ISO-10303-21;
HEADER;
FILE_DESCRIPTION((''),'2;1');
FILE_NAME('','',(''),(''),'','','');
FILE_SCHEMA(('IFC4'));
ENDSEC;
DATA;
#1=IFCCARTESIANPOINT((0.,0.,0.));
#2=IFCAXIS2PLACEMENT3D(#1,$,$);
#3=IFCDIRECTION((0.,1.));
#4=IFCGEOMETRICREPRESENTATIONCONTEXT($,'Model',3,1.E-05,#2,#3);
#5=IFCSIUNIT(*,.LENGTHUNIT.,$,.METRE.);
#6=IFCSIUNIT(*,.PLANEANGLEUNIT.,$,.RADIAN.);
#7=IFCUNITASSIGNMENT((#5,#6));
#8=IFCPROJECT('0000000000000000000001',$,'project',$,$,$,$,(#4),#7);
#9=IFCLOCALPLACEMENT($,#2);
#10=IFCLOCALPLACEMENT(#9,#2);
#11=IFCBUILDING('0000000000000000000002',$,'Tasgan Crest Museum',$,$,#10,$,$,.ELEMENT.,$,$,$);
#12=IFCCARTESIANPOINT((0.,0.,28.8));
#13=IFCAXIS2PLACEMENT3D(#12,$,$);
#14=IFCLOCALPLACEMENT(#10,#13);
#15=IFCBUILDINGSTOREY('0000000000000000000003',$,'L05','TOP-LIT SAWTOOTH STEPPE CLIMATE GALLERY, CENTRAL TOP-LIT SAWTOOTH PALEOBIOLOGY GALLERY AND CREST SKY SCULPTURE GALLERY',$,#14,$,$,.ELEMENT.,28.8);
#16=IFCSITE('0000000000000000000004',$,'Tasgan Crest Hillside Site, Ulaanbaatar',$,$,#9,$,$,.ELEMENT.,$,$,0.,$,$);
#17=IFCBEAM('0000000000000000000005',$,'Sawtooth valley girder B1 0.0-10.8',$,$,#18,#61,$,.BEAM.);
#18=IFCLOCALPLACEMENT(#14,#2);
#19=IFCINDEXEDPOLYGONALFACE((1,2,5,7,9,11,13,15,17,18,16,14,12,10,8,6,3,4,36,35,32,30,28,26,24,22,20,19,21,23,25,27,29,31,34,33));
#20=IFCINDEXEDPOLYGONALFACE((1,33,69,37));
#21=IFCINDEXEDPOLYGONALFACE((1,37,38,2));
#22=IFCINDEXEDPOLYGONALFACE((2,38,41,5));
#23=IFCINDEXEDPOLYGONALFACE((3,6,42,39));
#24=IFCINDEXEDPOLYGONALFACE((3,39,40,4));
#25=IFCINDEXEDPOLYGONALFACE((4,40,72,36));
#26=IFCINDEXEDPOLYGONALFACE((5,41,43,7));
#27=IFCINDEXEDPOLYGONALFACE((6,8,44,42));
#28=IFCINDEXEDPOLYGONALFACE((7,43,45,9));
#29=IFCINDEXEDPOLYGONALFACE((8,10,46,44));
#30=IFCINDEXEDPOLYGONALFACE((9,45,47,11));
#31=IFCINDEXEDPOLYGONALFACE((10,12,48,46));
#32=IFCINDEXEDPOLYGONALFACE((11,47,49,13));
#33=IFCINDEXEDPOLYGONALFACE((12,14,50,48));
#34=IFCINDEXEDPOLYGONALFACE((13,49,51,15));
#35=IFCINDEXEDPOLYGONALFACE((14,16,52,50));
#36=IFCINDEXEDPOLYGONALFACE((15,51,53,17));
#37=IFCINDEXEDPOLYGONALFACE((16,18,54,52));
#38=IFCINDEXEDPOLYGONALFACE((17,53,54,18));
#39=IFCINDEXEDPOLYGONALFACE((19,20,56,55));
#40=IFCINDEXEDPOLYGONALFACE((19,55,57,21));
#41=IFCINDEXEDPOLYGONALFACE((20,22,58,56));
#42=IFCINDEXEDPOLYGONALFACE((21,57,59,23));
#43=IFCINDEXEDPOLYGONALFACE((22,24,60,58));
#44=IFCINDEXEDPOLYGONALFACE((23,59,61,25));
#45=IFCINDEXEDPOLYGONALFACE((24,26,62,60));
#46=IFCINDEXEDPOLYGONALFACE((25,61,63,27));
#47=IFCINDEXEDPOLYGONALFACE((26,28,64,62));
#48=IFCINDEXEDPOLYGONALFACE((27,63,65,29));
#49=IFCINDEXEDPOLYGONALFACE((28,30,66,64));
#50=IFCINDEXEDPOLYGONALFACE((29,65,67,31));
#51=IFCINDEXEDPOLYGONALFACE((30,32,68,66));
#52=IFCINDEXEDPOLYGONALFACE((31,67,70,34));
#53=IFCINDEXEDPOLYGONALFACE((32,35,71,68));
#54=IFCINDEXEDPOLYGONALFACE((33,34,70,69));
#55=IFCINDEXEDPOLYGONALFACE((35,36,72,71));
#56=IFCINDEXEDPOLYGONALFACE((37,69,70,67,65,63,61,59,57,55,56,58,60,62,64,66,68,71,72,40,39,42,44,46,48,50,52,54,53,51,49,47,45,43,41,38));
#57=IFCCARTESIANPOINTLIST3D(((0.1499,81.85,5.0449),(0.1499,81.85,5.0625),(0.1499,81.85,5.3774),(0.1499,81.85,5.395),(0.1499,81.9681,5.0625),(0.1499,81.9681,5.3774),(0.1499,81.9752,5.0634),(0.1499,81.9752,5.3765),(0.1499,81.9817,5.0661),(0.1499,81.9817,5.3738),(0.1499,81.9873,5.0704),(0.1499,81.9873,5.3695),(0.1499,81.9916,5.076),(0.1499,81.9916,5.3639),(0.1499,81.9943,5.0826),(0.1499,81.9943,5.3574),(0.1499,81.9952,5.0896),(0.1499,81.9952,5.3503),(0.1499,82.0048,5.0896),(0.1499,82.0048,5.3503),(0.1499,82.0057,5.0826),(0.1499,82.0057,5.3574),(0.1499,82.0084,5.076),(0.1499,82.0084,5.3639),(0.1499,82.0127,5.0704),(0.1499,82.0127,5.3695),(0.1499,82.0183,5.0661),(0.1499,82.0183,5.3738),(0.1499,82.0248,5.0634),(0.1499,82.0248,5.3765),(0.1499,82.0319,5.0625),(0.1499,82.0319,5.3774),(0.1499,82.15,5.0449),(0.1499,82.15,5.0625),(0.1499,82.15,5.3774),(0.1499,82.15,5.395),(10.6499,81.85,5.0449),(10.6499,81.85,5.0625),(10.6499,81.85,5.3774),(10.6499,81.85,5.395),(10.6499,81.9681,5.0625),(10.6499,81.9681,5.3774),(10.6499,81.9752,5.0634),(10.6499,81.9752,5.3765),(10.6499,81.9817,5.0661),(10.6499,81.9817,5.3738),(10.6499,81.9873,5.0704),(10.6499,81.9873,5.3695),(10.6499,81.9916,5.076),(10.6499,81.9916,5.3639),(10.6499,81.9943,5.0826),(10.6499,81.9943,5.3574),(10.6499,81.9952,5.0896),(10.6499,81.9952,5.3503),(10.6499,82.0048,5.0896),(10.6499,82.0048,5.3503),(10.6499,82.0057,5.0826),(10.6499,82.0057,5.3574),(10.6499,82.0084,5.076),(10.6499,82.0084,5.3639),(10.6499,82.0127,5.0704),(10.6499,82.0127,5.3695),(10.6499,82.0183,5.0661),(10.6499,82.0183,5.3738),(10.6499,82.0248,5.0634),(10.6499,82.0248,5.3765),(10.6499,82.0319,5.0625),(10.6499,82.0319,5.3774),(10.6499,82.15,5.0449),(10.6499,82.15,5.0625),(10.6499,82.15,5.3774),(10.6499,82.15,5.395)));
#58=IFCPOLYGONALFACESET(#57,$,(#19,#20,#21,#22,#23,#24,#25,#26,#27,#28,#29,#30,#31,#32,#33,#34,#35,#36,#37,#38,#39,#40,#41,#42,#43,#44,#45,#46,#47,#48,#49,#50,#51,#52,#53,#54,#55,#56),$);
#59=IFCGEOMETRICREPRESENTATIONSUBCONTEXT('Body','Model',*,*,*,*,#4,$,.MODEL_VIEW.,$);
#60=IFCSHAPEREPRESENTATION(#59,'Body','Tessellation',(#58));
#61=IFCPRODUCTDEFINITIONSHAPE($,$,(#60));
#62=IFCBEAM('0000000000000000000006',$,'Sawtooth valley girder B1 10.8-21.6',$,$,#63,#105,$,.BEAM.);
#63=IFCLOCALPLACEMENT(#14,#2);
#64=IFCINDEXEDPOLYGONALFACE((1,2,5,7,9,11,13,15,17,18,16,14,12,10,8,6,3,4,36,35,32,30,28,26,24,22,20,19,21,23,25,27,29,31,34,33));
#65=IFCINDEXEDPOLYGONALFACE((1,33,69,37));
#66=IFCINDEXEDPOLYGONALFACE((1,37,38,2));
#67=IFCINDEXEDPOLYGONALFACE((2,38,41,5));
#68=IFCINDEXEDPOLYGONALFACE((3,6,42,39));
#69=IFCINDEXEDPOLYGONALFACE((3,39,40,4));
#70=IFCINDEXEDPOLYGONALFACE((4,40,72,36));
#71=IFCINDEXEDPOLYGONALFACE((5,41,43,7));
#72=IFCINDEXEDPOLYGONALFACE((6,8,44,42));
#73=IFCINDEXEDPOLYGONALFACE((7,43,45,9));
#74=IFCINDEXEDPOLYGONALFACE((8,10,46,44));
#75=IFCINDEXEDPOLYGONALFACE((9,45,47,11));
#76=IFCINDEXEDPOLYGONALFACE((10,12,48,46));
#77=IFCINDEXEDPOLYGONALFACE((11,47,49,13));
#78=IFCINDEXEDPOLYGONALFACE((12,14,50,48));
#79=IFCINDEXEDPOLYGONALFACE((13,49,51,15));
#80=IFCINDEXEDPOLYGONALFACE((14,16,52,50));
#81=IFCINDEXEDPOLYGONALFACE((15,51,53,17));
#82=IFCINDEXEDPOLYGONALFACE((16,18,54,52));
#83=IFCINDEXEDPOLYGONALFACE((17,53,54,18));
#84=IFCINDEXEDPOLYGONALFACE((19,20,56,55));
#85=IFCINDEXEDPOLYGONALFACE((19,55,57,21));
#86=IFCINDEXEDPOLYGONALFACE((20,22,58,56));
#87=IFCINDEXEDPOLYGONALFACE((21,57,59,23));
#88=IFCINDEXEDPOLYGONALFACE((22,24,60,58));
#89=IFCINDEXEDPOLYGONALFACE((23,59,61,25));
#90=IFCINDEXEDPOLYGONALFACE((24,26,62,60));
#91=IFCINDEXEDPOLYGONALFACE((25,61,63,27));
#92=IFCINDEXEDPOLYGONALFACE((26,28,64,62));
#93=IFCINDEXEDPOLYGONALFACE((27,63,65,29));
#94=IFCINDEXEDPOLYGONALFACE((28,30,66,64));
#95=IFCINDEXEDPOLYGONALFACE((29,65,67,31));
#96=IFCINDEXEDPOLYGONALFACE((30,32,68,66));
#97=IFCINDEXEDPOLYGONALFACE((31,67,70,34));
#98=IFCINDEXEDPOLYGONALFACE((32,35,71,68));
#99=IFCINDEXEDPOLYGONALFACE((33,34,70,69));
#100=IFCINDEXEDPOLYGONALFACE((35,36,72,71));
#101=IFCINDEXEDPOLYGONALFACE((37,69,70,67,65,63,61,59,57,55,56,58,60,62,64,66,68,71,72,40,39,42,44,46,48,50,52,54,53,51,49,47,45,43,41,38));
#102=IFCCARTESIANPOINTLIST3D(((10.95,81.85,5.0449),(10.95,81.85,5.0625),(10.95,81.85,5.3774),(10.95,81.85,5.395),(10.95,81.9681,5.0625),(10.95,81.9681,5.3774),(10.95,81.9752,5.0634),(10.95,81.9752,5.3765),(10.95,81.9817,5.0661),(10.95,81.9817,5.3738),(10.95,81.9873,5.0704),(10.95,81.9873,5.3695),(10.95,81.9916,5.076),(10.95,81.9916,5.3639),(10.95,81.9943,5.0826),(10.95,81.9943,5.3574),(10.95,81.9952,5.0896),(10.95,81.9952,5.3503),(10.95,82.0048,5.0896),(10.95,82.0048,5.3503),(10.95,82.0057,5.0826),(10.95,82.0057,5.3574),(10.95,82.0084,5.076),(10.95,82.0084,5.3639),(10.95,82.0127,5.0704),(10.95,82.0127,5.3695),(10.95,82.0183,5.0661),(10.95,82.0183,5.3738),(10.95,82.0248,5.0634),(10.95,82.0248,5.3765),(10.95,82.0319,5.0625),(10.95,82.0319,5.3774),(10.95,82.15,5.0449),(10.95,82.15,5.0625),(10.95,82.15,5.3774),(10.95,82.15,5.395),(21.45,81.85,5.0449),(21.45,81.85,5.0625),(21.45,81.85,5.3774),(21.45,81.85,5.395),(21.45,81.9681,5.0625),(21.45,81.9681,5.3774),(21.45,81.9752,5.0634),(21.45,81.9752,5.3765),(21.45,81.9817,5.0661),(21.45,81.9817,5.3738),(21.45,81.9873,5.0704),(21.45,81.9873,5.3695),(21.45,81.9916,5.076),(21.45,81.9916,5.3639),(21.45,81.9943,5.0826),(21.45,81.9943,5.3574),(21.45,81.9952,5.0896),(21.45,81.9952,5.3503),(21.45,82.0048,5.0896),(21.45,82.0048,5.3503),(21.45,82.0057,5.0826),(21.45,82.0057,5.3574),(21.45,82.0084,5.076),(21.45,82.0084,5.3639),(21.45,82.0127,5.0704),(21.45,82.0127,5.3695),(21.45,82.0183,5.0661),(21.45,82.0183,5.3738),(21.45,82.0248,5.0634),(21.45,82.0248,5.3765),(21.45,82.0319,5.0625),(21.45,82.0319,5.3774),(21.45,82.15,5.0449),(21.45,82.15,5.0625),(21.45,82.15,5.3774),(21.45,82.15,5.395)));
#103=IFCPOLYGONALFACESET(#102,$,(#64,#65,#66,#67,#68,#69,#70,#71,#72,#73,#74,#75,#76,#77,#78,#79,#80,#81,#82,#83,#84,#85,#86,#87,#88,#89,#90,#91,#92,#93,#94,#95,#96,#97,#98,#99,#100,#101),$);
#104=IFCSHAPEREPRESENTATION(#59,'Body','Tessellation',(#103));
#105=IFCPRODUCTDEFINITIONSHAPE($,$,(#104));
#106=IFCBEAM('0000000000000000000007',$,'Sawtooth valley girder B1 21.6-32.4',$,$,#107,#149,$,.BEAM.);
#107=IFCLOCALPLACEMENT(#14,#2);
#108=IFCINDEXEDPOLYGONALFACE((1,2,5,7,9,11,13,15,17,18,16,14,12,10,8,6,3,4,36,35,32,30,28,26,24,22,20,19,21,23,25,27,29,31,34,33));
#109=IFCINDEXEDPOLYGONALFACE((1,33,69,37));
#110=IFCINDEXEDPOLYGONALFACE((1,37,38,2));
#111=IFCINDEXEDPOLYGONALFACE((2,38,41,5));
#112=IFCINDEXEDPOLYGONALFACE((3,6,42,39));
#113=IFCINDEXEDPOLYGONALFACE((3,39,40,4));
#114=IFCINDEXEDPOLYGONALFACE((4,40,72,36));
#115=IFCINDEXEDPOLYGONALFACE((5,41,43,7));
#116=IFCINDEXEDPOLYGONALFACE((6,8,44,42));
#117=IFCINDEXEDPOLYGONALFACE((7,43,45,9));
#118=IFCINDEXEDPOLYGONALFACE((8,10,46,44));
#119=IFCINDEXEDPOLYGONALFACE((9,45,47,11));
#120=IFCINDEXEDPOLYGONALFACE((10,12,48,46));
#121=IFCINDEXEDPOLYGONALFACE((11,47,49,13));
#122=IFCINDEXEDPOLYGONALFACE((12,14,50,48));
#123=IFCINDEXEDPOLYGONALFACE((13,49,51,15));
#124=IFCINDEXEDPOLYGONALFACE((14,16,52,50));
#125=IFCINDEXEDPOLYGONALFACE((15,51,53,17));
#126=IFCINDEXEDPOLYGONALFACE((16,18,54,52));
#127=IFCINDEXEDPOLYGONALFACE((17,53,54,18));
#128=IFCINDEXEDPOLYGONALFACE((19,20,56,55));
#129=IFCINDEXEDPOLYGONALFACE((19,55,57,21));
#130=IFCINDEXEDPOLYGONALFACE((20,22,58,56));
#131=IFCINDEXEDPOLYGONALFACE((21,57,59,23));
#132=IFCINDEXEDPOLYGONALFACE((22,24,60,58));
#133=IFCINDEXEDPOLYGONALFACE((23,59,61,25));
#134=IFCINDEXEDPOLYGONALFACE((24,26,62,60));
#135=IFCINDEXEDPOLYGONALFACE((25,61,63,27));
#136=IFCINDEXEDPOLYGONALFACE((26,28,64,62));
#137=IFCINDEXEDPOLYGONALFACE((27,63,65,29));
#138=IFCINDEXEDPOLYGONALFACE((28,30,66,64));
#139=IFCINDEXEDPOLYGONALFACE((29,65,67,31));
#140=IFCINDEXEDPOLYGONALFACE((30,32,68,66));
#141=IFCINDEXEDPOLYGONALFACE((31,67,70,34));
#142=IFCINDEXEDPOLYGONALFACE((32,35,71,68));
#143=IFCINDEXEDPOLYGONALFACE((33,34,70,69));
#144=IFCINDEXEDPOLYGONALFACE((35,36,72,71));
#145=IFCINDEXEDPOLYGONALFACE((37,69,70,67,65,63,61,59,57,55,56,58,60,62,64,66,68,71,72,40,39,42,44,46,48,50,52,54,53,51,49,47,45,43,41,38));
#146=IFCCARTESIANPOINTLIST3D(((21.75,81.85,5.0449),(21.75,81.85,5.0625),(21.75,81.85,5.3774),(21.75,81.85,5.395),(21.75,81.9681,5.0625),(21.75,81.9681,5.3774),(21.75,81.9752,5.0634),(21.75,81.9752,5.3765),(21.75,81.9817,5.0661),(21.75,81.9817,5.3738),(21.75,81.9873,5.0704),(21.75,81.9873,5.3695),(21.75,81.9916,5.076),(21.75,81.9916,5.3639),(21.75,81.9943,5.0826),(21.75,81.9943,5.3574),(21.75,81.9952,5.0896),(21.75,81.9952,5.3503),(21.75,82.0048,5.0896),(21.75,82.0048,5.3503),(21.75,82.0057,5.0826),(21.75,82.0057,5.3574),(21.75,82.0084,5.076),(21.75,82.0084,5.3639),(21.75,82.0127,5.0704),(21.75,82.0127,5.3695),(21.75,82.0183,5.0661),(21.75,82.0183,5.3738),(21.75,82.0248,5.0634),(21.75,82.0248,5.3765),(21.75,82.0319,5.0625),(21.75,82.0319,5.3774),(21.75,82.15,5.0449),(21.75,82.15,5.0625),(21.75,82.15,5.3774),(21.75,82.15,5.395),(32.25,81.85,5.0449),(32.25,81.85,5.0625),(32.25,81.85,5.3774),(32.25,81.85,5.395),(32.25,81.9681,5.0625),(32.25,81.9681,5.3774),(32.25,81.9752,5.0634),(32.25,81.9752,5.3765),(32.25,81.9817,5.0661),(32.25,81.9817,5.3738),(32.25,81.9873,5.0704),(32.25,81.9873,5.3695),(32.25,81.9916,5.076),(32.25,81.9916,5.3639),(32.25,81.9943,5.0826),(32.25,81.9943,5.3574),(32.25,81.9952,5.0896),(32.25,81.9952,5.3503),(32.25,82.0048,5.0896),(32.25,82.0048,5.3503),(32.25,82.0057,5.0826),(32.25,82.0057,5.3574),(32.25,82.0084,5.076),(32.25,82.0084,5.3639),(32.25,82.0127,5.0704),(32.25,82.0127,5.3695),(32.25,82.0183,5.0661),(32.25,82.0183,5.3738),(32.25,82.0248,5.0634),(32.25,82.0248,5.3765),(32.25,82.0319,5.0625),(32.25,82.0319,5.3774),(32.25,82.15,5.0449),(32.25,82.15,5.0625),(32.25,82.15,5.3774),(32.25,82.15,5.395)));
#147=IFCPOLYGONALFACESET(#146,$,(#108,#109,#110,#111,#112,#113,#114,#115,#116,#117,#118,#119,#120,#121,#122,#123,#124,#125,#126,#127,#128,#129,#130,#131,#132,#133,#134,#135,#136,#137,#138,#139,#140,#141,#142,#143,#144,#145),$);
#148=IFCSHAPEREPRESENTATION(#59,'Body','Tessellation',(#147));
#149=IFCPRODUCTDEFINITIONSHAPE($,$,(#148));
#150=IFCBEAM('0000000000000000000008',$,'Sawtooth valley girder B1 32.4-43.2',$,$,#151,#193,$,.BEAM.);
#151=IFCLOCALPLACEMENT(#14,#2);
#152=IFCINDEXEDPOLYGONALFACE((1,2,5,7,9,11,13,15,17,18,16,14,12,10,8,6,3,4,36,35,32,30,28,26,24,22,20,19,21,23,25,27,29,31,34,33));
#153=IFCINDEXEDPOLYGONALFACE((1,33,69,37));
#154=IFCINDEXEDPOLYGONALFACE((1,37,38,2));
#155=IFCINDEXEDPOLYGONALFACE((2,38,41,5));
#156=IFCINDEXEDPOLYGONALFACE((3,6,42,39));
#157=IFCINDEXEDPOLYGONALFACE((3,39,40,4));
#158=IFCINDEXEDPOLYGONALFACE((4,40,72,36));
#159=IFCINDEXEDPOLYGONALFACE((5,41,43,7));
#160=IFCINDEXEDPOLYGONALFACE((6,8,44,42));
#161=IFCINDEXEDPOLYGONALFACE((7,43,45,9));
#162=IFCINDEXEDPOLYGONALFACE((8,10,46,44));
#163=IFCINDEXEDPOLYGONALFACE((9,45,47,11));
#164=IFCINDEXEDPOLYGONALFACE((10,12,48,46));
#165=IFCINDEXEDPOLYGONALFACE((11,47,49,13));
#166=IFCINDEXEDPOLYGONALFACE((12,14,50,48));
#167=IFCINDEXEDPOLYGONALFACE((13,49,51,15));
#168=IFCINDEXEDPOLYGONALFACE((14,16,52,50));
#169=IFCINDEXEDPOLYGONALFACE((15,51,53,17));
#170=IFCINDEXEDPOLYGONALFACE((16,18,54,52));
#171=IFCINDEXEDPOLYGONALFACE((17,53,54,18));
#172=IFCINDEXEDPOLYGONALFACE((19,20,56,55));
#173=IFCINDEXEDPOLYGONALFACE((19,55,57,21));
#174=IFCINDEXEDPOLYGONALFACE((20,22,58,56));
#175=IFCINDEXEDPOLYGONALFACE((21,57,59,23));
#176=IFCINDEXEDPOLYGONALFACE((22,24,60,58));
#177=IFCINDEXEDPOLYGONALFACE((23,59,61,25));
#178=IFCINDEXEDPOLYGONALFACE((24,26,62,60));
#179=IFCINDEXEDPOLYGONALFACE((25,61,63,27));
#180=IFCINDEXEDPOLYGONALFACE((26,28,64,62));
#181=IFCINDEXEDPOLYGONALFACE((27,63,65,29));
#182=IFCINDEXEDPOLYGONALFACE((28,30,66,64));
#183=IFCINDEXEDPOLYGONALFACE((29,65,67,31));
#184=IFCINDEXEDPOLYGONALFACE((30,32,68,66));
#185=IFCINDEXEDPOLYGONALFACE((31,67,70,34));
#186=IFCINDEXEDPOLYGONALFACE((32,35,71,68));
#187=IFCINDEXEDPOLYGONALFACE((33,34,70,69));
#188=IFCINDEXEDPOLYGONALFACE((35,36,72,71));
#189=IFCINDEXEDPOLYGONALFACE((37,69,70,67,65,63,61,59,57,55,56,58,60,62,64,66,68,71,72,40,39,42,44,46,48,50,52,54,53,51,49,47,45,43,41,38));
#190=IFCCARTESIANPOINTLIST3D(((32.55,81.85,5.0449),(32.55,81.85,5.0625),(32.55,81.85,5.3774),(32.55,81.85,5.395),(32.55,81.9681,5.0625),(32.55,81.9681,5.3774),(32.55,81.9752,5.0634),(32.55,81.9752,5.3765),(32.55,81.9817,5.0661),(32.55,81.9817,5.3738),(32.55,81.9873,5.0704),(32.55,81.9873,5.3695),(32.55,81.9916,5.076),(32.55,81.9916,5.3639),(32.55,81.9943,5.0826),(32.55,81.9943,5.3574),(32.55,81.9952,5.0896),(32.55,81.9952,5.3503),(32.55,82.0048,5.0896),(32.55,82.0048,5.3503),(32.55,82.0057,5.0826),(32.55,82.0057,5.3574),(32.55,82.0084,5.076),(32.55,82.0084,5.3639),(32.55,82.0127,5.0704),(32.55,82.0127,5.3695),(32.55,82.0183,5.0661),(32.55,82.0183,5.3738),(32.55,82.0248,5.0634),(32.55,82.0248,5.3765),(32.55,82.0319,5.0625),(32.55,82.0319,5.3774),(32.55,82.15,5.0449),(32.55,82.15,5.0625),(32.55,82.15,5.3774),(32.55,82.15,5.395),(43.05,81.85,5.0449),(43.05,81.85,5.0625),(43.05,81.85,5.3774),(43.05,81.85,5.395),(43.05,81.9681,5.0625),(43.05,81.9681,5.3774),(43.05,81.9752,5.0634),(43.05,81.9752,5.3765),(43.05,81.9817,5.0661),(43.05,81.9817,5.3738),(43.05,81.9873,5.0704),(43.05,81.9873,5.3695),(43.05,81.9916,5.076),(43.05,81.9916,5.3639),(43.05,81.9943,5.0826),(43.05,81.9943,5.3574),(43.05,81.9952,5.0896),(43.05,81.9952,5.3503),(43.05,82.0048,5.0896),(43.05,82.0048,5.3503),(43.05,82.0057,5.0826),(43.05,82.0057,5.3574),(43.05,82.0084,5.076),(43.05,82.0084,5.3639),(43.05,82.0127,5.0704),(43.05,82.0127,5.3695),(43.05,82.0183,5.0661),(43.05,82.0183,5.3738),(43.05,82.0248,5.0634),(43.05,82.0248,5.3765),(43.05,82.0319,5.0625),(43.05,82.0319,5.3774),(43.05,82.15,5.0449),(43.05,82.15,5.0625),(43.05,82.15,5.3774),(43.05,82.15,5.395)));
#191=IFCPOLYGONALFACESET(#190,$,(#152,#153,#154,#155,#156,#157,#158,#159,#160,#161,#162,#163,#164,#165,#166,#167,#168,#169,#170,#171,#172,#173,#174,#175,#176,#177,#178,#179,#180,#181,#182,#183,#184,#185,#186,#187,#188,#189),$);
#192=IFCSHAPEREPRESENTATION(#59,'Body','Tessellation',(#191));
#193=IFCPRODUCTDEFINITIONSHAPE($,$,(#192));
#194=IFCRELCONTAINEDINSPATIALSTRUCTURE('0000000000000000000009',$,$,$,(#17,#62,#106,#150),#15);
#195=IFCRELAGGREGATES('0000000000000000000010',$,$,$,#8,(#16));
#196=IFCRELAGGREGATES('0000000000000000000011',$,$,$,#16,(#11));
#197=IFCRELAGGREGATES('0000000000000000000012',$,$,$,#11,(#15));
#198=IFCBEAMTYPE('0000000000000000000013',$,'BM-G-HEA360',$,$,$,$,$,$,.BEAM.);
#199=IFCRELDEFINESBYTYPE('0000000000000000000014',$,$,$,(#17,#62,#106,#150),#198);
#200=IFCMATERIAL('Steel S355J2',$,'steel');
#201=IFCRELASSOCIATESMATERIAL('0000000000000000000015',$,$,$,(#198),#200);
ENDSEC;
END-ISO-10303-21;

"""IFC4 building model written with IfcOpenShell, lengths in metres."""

from ifc_helpers import new_model, si_unit, direction, frame, origin, origin_2d, place, context, subcontext, project, spatial, i_section, extrude, material, material_profile, profile_set, type_object, element, save


model = new_model("IFC4")

# Units and contexts
model_context = context("Model", 3, precision=1e-05, world=origin(), true_north=direction((0.0, 1.0)))
body_context = subcontext(model_context, "Body", "Model", "MODEL_VIEW")
ifc_project = project(units=[si_unit("LENGTHUNIT", "METRE"), si_unit("PLANEANGLEUNIT", "RADIAN")], contexts=[model_context])

# Site, building, storey
site_placement = place(None, origin())
site = spatial("IfcSite", under=ifc_project, at=site_placement, Name="Tasgan Crest Hillside Site, Ulaanbaatar", CompositionType="ELEMENT", RefElevation=0.0)
building_placement = place(site_placement, origin())
building = spatial("IfcBuilding", under=site, at=building_placement, Name="Tasgan Crest Museum", CompositionType="ELEMENT")
storey_placement = place(building_placement, frame((0.0, 0.0, 28.8)))
storey = spatial("IfcBuildingStorey", under=building, at=storey_placement, Name="L05", Description="TOP-LIT SAWTOOTH STEPPE CLIMATE GALLERY, CENTRAL TOP-LIT SAWTOOTH PALEOBIOLOGY GALLERY AND CREST SKY SCULPTURE GALLERY", CompositionType="ELEMENT", Elevation=28.8)

# Beams
ifc_material_1 = material(Name="Steel S355J2", Category="steel")
ifc_material_profile_1 = material_profile(ifc_material_1, i_section(OverallWidth=0.3, OverallDepth=0.3501, WebThickness=0.0095, FlangeThickness=0.0176, FilletRadius=0.0271, at=origin_2d()), Name="HEA 360")
ifc_profile_set_1 = profile_set([ifc_material_profile_1], Name="Steel S355J2")
beam_type_1 = type_object("IfcBeamType", Name="BM-G-HEA360", PredefinedType="BEAM", material=ifc_profile_set_1)
for number, where, z_axis, x_axis, name in (
    (1, (0.1499, 82.0, 5.22), (1.0, 0.0, 0.0), (0.0, 1.0, 0.0), "Sawtooth valley girder B1 0.0-10.8"),
    (2, (10.95, 82.0, 5.22), (1.0, 0.0, 0.0), (0.0, 1.0, 0.0), "Sawtooth valley girder B1 10.8-21.6"),
    (3, (21.75, 82.0, 5.22), (1.0, 0.0, 0.0), (0.0, 1.0, 0.0), "Sawtooth valley girder B1 21.6-32.4"),
    (4, (32.55, 82.0, 5.22), (1.0, 0.0, 0.0), (0.0, 1.0, 0.0), "Sawtooth valley girder B1 32.4-43.2"),
):
    element("IfcBeam", number, at=place(storey_placement, frame(where, z_axis=z_axis, x_axis=x_axis)), inside=storey, type_object=beam_type_1, Name=name, PredefinedType="BEAM", context=body_context, shape_type="SweptSolid", body=[
        extrude(i_section(OverallWidth=0.3, OverallDepth=0.3501, WebThickness=0.0095, FlangeThickness=0.0176, FilletRadius=0.0271, at=origin_2d()), origin(), (0.0, 0.0, 1.0), 10.5),
    ])

save(model, "model.ifc")
